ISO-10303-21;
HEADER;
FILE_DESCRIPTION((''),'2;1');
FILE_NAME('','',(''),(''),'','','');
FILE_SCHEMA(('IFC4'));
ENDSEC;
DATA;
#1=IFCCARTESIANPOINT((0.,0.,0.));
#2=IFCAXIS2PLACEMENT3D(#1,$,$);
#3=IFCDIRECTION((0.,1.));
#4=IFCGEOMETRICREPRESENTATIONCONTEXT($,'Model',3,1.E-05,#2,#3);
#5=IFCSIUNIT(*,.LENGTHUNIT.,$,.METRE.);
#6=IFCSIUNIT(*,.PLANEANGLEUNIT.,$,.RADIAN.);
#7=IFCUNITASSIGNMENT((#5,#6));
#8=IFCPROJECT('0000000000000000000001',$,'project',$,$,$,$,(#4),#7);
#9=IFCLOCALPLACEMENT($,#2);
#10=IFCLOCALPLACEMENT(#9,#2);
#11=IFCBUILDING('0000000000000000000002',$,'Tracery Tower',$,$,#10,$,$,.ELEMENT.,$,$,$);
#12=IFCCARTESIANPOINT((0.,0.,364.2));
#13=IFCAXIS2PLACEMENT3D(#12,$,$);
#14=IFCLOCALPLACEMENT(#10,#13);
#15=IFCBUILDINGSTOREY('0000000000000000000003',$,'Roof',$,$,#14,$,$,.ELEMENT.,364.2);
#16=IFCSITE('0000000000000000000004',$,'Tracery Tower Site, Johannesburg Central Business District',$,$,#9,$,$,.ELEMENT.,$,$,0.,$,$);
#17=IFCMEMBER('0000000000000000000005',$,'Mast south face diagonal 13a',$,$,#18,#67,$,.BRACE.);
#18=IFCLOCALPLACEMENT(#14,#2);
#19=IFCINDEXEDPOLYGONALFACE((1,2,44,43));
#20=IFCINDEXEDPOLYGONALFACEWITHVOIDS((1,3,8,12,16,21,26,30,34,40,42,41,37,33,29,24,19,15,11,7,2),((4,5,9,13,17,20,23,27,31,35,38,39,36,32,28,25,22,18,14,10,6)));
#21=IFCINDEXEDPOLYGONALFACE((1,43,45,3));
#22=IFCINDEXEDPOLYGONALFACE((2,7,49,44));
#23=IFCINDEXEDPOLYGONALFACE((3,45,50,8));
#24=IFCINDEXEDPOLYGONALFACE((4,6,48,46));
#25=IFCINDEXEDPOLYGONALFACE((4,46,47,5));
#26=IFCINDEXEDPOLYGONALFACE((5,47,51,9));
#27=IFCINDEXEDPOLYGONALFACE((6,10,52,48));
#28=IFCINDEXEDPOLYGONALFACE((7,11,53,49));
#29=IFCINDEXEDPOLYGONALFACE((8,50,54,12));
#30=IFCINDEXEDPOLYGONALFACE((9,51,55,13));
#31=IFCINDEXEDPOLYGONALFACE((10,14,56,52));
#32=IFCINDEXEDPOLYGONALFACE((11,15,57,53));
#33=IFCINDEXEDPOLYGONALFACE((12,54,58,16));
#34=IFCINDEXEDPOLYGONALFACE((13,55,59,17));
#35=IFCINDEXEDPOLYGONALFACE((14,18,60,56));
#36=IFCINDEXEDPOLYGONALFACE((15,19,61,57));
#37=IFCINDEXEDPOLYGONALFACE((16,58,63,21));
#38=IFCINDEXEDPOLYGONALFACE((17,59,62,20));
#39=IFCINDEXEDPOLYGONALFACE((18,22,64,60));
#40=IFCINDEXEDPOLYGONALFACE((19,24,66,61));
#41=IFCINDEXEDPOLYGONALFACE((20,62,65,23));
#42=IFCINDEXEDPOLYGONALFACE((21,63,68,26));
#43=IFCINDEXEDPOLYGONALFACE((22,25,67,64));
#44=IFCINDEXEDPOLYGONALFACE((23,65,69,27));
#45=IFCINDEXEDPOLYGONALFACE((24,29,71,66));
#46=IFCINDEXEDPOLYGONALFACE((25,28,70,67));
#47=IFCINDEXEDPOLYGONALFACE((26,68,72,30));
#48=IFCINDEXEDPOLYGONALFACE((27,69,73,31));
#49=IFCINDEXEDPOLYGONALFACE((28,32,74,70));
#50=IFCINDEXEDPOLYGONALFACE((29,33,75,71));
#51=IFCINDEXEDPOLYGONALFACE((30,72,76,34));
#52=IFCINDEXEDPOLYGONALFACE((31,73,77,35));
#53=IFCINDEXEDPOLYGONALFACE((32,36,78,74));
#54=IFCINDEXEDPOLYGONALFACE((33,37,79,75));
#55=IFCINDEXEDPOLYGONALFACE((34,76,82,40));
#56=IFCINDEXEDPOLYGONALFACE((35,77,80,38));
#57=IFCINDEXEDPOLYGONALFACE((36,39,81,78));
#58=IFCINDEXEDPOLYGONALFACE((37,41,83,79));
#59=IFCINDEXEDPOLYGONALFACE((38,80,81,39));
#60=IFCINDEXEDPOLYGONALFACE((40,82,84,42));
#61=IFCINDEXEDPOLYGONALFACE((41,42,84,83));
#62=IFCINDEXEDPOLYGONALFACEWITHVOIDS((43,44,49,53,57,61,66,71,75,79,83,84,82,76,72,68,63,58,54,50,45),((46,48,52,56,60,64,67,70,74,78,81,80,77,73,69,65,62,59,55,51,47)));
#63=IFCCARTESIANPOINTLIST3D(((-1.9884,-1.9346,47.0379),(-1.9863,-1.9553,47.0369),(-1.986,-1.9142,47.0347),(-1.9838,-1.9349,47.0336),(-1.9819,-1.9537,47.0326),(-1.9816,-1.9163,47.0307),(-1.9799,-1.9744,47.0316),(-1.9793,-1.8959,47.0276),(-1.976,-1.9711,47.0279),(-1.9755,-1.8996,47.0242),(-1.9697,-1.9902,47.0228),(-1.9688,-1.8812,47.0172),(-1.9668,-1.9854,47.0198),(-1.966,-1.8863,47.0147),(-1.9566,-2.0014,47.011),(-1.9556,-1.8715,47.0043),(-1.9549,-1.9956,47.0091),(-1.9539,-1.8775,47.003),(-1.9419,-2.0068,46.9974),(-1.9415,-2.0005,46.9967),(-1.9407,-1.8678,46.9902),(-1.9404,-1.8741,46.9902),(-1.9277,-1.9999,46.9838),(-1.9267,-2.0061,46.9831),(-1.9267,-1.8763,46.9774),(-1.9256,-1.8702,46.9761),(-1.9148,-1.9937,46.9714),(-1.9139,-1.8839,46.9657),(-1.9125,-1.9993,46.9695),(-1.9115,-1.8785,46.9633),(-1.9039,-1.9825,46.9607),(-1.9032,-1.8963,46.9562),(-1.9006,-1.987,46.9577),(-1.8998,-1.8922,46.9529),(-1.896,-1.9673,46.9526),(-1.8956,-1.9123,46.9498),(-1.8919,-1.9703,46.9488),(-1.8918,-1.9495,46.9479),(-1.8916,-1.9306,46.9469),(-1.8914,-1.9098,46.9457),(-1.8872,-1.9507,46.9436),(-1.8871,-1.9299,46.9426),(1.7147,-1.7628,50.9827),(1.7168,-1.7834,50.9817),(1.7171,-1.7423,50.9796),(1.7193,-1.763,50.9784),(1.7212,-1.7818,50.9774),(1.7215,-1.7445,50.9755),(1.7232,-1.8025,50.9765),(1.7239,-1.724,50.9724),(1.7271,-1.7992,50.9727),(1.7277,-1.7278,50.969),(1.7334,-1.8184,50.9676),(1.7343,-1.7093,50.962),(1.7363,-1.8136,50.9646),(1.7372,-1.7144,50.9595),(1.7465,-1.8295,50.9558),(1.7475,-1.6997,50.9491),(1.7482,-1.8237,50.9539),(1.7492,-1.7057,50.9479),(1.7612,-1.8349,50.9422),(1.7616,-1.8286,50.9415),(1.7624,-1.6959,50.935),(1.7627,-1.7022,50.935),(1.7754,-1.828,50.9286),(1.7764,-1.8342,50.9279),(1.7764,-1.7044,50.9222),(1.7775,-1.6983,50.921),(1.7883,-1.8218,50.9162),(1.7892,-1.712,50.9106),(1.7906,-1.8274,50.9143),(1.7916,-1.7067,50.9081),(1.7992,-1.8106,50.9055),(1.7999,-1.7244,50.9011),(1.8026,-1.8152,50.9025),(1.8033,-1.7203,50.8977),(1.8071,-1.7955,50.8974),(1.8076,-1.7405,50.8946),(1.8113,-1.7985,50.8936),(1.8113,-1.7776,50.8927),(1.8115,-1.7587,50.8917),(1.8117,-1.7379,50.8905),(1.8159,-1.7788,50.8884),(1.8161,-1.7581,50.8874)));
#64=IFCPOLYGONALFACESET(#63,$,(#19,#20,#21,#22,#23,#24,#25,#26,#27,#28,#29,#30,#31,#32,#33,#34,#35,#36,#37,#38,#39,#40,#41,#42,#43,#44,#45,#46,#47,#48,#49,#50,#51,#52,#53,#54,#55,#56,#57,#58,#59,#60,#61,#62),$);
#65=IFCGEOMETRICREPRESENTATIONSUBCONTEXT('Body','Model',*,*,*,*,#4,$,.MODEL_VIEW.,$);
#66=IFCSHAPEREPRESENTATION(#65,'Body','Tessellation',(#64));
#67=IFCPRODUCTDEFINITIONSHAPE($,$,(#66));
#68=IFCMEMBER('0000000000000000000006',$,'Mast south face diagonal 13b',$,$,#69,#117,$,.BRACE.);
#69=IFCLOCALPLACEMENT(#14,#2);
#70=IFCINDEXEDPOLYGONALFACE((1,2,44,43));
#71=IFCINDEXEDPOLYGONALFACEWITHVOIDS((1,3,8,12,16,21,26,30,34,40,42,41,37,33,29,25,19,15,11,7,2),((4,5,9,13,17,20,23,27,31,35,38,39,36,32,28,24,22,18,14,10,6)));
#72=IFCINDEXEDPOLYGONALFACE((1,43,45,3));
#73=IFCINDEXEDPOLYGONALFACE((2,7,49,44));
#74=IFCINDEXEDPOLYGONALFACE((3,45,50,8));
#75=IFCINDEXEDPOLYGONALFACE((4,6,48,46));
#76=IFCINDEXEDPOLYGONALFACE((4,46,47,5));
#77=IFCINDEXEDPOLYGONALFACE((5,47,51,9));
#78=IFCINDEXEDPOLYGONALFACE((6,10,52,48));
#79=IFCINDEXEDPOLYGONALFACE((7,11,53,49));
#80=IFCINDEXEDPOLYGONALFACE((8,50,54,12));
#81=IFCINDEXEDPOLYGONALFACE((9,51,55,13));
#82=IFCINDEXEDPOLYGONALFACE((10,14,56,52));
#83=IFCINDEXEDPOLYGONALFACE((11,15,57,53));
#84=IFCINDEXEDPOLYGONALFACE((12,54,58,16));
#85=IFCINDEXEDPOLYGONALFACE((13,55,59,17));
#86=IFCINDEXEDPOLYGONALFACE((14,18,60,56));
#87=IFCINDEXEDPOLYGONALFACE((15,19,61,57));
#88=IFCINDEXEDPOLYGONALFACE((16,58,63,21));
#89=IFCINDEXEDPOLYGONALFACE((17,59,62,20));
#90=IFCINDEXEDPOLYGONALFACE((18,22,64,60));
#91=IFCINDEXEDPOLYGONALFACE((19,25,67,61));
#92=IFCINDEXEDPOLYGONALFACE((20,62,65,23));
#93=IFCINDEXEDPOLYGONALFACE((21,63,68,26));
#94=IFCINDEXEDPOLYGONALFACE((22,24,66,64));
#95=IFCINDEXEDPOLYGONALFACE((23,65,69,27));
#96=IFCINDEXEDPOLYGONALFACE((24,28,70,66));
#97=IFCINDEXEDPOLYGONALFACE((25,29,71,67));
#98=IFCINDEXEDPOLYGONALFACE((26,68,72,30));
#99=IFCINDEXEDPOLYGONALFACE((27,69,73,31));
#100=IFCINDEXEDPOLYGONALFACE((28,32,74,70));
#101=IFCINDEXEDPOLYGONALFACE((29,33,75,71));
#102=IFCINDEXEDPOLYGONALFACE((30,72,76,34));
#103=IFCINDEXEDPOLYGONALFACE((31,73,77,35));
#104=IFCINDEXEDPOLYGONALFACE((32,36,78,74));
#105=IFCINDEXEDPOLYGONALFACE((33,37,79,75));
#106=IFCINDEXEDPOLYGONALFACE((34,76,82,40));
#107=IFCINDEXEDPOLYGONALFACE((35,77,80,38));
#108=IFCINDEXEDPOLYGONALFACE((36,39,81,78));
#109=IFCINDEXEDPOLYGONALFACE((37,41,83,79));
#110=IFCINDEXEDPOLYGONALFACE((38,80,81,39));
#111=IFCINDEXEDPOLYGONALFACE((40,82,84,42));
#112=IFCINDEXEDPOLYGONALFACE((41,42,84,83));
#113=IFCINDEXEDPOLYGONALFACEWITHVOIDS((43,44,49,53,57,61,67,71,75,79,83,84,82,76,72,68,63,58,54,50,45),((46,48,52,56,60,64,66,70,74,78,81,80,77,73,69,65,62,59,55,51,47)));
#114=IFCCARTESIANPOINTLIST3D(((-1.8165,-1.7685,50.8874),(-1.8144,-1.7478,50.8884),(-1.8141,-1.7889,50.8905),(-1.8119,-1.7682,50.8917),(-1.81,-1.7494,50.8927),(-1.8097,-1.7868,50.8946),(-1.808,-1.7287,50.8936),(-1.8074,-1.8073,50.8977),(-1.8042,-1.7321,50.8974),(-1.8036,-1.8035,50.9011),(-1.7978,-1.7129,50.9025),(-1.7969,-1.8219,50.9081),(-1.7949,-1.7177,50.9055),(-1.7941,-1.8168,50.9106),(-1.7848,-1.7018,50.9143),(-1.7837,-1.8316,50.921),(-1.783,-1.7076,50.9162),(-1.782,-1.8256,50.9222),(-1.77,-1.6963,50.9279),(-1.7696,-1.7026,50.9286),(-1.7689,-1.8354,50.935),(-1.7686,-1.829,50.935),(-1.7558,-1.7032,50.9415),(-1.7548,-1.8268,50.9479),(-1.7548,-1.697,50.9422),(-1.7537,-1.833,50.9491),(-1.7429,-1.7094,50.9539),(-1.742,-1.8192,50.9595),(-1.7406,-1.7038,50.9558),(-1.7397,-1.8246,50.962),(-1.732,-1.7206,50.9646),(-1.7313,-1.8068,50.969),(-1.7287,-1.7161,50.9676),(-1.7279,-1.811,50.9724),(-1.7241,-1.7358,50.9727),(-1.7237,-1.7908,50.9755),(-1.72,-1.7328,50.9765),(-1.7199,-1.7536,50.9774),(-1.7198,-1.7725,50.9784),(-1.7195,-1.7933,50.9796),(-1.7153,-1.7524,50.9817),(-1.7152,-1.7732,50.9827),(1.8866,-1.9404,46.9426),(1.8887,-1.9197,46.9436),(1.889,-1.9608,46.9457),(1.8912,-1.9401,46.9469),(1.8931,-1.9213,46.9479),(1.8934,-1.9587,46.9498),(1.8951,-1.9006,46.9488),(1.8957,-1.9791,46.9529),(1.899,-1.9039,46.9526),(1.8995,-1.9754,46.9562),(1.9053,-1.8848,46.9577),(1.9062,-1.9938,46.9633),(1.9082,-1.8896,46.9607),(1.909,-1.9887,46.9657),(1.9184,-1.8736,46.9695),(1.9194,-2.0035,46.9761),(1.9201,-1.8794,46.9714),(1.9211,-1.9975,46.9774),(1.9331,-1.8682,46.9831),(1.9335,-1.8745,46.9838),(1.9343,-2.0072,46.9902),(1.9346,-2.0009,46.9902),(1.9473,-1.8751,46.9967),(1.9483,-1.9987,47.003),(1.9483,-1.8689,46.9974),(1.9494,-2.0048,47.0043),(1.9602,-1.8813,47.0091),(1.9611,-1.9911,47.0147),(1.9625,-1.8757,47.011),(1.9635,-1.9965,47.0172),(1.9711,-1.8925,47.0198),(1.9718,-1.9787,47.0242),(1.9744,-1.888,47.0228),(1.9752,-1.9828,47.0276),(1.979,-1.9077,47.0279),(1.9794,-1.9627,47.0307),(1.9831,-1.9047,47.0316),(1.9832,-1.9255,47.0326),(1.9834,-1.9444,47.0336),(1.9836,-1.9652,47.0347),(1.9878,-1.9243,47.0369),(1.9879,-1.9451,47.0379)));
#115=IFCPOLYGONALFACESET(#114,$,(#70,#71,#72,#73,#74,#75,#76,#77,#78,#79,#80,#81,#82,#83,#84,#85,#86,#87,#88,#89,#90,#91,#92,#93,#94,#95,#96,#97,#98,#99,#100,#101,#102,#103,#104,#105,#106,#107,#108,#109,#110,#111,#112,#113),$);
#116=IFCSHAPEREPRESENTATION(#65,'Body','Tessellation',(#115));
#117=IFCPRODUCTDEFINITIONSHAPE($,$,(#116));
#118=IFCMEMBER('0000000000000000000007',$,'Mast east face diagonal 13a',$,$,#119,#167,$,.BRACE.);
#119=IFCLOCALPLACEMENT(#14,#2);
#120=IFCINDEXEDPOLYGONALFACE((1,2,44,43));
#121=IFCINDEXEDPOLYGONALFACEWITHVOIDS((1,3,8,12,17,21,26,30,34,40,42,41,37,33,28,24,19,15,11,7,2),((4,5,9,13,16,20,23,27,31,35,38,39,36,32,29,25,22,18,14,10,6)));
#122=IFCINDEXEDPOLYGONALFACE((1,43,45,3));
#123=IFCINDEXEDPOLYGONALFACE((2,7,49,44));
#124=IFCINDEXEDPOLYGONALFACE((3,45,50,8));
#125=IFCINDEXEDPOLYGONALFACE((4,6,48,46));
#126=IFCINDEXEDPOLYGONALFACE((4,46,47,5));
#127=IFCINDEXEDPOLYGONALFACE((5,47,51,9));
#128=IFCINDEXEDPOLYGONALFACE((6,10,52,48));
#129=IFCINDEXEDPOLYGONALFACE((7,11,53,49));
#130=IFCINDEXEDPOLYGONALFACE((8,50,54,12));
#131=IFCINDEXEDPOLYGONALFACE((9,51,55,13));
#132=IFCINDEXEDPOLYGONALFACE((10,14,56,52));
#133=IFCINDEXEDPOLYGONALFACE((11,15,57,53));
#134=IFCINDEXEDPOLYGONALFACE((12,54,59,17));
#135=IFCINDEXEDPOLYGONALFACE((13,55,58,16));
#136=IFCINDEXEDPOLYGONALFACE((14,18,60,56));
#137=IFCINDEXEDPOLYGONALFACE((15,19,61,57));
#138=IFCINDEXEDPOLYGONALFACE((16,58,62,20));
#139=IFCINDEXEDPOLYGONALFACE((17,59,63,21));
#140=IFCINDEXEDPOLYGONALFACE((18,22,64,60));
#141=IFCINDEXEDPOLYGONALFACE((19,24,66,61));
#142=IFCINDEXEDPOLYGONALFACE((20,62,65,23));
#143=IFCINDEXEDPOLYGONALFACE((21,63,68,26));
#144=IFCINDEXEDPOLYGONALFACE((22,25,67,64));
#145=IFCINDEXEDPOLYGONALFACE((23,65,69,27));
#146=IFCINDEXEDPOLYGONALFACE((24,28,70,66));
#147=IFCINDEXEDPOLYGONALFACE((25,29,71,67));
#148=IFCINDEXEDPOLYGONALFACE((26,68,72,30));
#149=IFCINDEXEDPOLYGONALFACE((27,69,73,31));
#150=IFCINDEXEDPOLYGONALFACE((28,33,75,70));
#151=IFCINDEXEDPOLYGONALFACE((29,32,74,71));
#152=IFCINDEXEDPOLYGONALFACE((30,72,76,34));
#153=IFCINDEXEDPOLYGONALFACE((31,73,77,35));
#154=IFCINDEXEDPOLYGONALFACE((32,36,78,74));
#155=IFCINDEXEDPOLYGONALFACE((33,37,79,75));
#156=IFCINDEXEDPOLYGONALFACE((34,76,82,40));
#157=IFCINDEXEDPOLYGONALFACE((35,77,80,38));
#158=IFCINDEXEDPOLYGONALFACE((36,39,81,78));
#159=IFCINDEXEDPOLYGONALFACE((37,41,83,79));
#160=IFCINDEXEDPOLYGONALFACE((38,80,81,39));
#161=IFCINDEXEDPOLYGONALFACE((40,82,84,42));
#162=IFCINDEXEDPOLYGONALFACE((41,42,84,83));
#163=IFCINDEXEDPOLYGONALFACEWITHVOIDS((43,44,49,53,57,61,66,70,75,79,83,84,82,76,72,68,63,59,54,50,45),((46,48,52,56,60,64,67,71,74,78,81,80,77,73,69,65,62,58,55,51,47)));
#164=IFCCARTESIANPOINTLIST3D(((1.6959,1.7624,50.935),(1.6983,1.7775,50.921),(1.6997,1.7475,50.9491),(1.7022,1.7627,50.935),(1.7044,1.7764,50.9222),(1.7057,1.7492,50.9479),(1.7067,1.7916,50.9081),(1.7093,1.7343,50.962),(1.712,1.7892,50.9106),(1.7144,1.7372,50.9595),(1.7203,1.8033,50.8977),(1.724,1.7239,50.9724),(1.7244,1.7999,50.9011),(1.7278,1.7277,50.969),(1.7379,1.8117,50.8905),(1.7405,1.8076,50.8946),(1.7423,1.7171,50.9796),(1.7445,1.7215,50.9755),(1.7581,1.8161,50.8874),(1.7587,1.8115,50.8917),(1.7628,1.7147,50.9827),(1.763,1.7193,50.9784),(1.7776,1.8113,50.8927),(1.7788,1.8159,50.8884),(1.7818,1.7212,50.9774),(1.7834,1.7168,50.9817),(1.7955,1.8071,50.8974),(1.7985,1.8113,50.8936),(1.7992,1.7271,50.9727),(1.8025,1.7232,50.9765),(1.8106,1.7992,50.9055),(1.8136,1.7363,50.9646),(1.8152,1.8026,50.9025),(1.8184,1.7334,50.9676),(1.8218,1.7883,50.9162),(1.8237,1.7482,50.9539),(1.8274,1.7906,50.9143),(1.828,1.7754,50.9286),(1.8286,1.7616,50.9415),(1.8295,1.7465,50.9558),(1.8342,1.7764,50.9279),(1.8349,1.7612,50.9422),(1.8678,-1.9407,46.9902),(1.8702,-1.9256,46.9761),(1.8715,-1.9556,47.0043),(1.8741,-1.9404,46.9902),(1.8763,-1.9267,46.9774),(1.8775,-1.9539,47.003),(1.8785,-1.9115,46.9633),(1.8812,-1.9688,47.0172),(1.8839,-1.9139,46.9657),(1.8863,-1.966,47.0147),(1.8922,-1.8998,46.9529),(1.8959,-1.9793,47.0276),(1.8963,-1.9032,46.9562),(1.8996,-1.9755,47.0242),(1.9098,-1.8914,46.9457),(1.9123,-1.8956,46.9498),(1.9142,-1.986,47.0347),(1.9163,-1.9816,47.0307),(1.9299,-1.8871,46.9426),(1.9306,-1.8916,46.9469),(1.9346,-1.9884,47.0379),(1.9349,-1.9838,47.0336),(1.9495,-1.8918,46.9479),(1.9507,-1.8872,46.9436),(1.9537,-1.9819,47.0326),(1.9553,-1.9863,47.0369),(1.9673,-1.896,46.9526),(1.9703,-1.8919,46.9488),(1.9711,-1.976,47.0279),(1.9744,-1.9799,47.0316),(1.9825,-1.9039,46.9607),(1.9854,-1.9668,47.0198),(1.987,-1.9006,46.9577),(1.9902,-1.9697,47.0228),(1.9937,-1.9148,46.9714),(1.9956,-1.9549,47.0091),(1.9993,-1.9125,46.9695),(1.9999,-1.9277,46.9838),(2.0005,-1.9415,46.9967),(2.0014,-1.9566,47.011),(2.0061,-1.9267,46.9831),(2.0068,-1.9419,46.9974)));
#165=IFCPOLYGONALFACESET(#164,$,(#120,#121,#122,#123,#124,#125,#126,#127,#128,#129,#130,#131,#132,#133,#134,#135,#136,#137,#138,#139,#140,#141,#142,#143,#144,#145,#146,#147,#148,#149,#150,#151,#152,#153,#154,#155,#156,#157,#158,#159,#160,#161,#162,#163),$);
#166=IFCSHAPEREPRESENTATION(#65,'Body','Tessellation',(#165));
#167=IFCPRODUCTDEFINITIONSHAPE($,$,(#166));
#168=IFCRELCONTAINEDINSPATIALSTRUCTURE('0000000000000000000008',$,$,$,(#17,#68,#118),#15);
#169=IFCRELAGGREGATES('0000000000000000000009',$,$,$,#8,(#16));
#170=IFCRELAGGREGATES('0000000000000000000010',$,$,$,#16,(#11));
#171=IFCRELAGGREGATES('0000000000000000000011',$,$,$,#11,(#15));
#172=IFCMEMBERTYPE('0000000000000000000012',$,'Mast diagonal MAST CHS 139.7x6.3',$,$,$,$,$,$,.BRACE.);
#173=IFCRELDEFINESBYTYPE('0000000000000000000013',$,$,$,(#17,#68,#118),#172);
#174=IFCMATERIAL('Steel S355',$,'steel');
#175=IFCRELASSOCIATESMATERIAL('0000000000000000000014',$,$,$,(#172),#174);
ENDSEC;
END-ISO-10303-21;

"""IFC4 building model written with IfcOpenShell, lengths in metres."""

from ifc_helpers import new_model, si_unit, direction, frame, origin, origin_2d, place, context, subcontext, project, spatial, hollow_circle, extrude, material, material_profile, profile_set, type_object, element, save


model = new_model("IFC4")

# Units and contexts
model_context = context("Model", 3, precision=1e-05, world=origin(), true_north=direction((0.0, 1.0)))
body_context = subcontext(model_context, "Body", "Model", "MODEL_VIEW")
ifc_project = project(units=[si_unit("LENGTHUNIT", "METRE"), si_unit("PLANEANGLEUNIT", "RADIAN")], contexts=[model_context])

# Site, building, storey
site_placement = place(None, origin())
site = spatial("IfcSite", under=ifc_project, at=site_placement, Name="Tracery Tower Site, Johannesburg Central Business District", CompositionType="ELEMENT", RefElevation=0.0)
building_placement = place(site_placement, origin())
building = spatial("IfcBuilding", under=site, at=building_placement, Name="Tracery Tower", CompositionType="ELEMENT")
storey_placement = place(building_placement, frame((0.0, 0.0, 364.2)))
storey = spatial("IfcBuildingStorey", under=building, at=storey_placement, Name="Roof", CompositionType="ELEMENT", Elevation=364.2)

# Members
ifc_material_1 = material(Name="Steel S355", Category="steel")
ifc_material_profile_1 = material_profile(ifc_material_1, hollow_circle(Radius=0.0698, WallThickness=0.0063, at=origin_2d()), Name="CHS 139.7x6.3")
ifc_profile_set_1 = profile_set([ifc_material_profile_1], Name="Steel S355")
member_type_1 = type_object("IfcMemberType", Name="Mast diagonal MAST CHS 139.7x6.3", PredefinedType="BRACE", material=ifc_profile_set_1)
for number, where, z_axis, x_axis, name in (
    (1, (-1.9375, -1.9375, 46.9902), (0.684073, 0.03175, 0.728722), (-0.046364, 0.998925, 0.0), "Mast south face diagonal 13a"),
    (2, (1.9375, -1.9375, 46.9902), (-0.684073, 0.03175, 0.728722), (-0.046364, -0.998925, 0.0), "Mast south face diagonal 13b"),
    (3, (1.9375, -1.9375, 46.9902), (-0.03175, 0.684073, 0.728722), (-0.998925, -0.046364, 0.0), "Mast east face diagonal 13a"),
):
    element("IfcMember", number, at=place(storey_placement, frame(where, z_axis=z_axis, x_axis=x_axis)), inside=storey, type_object=member_type_1, Name=name, PredefinedType="BRACE", context=body_context, shape_type="SweptSolid", body=[
        extrude(hollow_circle(Radius=0.0698, WallThickness=0.0063, at=origin_2d()), origin(), (0.0, 0.0, 1.0), 5.4133),
    ])

save(model, "model.ifc")
